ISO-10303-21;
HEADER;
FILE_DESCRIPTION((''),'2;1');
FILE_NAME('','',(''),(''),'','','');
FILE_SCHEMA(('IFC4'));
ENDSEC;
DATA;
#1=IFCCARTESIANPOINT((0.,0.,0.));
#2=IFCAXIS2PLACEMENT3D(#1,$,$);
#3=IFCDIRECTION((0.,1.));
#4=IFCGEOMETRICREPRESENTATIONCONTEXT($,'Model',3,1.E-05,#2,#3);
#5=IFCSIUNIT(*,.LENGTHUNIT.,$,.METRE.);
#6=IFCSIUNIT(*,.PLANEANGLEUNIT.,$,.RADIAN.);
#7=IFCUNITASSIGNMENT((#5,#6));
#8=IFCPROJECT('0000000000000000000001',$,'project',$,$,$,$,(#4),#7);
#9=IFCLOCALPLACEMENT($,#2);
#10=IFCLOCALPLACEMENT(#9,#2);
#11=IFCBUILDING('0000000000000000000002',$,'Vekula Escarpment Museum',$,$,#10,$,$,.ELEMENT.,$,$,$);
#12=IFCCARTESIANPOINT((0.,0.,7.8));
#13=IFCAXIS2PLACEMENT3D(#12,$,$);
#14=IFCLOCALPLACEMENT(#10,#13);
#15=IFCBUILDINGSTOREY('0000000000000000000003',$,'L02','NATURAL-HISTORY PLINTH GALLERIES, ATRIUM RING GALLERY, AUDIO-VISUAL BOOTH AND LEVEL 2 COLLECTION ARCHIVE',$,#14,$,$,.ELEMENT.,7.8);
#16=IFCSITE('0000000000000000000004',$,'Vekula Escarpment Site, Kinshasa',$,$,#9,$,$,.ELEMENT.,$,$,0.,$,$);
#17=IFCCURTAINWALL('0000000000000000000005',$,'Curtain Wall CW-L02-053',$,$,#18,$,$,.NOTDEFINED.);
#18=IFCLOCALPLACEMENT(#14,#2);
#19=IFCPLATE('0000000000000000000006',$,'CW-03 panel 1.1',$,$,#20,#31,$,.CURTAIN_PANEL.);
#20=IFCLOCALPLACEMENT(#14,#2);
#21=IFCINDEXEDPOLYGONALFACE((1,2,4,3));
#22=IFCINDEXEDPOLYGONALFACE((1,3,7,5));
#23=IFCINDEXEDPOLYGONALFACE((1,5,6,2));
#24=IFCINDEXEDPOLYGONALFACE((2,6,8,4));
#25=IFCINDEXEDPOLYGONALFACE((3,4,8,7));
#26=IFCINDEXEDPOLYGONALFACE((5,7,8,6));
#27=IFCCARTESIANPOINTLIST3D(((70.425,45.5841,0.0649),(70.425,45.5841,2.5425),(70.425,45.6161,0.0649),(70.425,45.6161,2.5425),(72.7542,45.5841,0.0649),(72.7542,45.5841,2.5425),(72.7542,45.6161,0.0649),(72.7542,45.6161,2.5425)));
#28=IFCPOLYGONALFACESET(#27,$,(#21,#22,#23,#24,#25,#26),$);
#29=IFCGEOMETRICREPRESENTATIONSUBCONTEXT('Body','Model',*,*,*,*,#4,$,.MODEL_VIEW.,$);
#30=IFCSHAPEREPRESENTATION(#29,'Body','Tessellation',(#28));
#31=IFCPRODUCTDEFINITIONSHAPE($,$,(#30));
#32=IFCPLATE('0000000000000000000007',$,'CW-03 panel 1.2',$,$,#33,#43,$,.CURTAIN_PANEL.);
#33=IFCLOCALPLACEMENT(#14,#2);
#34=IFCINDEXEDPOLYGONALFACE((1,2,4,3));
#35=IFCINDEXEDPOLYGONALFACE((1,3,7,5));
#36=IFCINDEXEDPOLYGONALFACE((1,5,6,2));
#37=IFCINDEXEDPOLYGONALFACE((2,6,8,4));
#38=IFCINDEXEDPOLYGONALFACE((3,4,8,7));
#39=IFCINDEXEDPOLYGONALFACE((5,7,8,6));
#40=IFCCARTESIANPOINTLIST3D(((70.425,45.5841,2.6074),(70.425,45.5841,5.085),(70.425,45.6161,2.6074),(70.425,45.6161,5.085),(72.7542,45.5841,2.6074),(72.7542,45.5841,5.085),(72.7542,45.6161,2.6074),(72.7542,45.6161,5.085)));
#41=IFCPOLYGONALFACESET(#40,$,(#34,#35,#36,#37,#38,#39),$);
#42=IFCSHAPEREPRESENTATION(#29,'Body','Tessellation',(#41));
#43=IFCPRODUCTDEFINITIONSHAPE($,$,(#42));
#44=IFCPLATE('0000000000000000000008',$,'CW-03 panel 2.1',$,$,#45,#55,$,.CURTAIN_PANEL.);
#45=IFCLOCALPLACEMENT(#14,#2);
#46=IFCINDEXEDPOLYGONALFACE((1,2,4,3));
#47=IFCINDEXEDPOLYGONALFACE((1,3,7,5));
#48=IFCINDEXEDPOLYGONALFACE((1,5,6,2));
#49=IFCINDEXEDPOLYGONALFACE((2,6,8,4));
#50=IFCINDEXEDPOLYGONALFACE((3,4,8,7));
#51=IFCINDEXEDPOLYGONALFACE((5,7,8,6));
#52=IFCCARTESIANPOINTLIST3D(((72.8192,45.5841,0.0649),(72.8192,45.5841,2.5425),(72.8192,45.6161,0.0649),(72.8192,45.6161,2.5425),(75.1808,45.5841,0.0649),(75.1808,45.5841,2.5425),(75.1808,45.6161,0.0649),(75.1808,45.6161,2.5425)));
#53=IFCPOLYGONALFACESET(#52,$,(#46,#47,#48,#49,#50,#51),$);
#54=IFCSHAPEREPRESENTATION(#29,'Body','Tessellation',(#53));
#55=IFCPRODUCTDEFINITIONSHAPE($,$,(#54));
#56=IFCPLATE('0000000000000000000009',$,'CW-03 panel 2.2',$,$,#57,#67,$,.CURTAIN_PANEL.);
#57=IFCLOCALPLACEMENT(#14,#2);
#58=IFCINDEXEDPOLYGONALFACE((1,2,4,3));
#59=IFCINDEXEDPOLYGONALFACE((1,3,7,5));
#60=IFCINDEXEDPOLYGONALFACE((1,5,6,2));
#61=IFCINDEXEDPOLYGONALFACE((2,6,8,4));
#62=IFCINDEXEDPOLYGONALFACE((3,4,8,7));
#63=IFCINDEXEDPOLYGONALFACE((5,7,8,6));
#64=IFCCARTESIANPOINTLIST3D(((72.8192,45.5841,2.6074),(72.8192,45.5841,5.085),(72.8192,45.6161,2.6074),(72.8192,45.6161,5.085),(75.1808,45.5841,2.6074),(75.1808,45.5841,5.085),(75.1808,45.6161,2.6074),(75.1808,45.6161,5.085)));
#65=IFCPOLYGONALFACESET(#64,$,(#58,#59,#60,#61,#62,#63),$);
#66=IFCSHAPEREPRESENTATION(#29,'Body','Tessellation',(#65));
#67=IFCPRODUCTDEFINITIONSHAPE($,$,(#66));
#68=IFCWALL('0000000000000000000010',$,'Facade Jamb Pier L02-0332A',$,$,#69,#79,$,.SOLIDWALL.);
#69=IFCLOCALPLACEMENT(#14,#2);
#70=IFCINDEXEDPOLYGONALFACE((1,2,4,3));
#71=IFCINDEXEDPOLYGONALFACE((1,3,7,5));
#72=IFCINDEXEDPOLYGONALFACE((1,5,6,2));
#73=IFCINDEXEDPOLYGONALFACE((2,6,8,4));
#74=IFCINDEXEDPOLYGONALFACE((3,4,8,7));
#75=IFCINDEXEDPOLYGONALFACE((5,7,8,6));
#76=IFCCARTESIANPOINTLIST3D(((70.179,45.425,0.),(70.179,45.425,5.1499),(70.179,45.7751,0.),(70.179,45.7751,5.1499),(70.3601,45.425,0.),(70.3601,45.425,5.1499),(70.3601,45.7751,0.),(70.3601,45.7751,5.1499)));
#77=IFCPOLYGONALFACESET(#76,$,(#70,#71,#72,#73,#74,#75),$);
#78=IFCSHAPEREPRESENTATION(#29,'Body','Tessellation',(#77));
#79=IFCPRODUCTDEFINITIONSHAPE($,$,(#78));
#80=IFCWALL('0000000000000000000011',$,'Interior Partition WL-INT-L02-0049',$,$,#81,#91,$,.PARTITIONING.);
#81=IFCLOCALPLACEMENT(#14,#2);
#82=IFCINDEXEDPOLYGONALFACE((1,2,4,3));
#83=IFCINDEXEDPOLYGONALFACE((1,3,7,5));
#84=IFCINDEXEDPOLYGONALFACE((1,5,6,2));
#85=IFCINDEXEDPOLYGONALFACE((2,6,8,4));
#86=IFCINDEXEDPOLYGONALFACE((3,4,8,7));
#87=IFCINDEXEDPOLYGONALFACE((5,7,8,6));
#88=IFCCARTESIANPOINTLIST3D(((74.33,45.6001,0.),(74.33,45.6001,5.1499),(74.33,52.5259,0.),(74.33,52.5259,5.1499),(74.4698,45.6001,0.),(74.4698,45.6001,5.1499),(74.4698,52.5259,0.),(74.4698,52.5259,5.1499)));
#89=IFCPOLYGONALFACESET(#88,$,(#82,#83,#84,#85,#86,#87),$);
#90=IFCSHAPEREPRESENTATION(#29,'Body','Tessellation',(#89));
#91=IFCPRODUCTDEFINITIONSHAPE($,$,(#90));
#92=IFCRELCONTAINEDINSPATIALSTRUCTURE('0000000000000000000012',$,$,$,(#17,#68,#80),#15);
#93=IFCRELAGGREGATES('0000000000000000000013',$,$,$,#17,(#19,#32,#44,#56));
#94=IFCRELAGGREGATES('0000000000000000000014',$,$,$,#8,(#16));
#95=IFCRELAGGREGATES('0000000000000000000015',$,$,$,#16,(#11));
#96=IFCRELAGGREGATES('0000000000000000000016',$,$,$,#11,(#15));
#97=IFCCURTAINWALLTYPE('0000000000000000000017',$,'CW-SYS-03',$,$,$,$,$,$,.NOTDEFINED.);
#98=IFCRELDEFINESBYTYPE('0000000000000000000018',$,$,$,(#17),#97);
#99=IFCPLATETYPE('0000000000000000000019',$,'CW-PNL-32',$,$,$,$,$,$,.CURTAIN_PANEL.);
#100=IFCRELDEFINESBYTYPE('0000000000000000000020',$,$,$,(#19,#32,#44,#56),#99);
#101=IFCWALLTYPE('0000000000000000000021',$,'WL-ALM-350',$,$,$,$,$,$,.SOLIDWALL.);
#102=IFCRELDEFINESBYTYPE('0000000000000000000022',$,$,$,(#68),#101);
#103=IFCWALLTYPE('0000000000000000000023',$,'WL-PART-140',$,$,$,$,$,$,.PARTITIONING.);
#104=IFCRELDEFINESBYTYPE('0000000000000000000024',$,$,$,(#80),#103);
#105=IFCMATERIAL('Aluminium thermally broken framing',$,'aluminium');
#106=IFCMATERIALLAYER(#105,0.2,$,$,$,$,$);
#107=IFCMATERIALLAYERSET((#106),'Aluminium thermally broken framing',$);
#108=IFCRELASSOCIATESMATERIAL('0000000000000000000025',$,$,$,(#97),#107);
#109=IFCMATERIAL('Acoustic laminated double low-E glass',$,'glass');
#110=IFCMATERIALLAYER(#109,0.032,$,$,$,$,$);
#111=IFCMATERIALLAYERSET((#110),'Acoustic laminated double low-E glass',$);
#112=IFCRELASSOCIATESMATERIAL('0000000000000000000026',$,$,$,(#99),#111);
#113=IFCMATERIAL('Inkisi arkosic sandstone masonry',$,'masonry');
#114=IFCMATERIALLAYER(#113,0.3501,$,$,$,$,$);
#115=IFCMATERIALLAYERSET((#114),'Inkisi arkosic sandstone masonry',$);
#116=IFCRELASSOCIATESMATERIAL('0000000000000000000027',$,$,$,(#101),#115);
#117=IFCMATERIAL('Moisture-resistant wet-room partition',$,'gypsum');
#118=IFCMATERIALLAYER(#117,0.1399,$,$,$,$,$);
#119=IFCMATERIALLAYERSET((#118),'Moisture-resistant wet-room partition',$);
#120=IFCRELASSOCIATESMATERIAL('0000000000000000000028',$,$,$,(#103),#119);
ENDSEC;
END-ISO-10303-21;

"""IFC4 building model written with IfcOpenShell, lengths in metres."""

from ifc_helpers import new_model, si_unit, direction, frame, frame_2d, origin, origin_2d, place, context, subcontext, project, spatial, rectangle, extrude, material, layer, layer_set, type_object, element, aggregate, save


model = new_model("IFC4")

# Units and contexts
model_context = context("Model", 3, precision=1e-05, world=origin(), true_north=direction((0.0, 1.0)))
body_context = subcontext(model_context, "Body", "Model", "MODEL_VIEW")
ifc_project = project(units=[si_unit("LENGTHUNIT", "METRE"), si_unit("PLANEANGLEUNIT", "RADIAN")], contexts=[model_context])

# Site, building, storey
site_placement = place(None, origin())
site = spatial("IfcSite", under=ifc_project, at=site_placement, Name="Vekula Escarpment Site, Kinshasa", CompositionType="ELEMENT", RefElevation=0.0)
building_placement = place(site_placement, origin())
building = spatial("IfcBuilding", under=site, at=building_placement, Name="Vekula Escarpment Museum", CompositionType="ELEMENT")
storey_placement = place(building_placement, frame((0.0, 0.0, 7.8)))
storey = spatial("IfcBuildingStorey", under=building, at=storey_placement, Name="L02", Description="NATURAL-HISTORY PLINTH GALLERIES, ATRIUM RING GALLERY, AUDIO-VISUAL BOOTH AND LEVEL 2 COLLECTION ARCHIVE", CompositionType="ELEMENT", Elevation=7.8)

# Curtain wall
ifc_material_1 = material(Name="Aluminium thermally broken framing", Category="aluminium")
ifc_layer_1 = layer(ifc_material_1, 0.2)
ifc_layer_set_1 = layer_set([ifc_layer_1], Name="Aluminium thermally broken framing")
curtain_wall_type_1 = type_object("IfcCurtainWallType", Name="CW-SYS-03", PredefinedType="NOTDEFINED", material=ifc_layer_set_1)
curtain_wall_1_placement = place(storey_placement, origin())
curtain_wall_1 = element("IfcCurtainWall", 1, at=curtain_wall_1_placement, inside=storey, type_object=curtain_wall_type_1, Name="Curtain Wall CW-L02-053", PredefinedType="NOTDEFINED")

# Plates
ifc_material_2 = material(Name="Acoustic laminated double low-E glass", Category="glass")
ifc_layer_2 = layer(ifc_material_2, 0.032)
ifc_layer_set_2 = layer_set([ifc_layer_2], Name="Acoustic laminated double low-E glass")
plate_type_1 = type_object("IfcPlateType", Name="CW-PNL-32", PredefinedType="CURTAIN_PANEL", material=ifc_layer_set_2)
plate_1_placement = place(storey_placement, frame((71.5896, 45.6001, 0.0649), z_axis=(0.0, 0.0, 1.0), x_axis=(1.0, 0.0, 0.0)))
plate_1 = element("IfcPlate", 2, at=plate_1_placement, type_object=plate_type_1, Name="CW-03 panel 1.1", PredefinedType="CURTAIN_PANEL", context=body_context, shape_type="SweptSolid", body=[
    extrude(rectangle(XDim=2.3291, YDim=0.032, at=origin_2d()), origin(), (0.0, 0.0, 1.0), 2.4775),
])
plate_2_placement = place(storey_placement, frame((71.5896, 45.6001, 2.6074), z_axis=(0.0, 0.0, 1.0), x_axis=(1.0, 0.0, 0.0)))
plate_2 = element("IfcPlate", 3, at=plate_2_placement, type_object=plate_type_1, Name="CW-03 panel 1.2", PredefinedType="CURTAIN_PANEL", context=body_context, shape_type="SweptSolid", body=[
    extrude(rectangle(XDim=2.3291, YDim=0.032, at=origin_2d()), origin(), (0.0, 0.0, 1.0), 2.4775),
])
plate_3_placement = place(storey_placement, frame((74.0, 45.6001, 0.0649), z_axis=(0.0, 0.0, 1.0), x_axis=(1.0, 0.0, 0.0)))
plate_3 = element("IfcPlate", 4, at=plate_3_placement, type_object=plate_type_1, Name="CW-03 panel 2.1", PredefinedType="CURTAIN_PANEL", context=body_context, shape_type="SweptSolid", body=[
    extrude(rectangle(XDim=2.3616, YDim=0.032, at=origin_2d()), origin(), (0.0, 0.0, 1.0), 2.4775),
])
plate_4_placement = place(storey_placement, frame((74.0, 45.6001, 2.6074), z_axis=(0.0, 0.0, 1.0), x_axis=(1.0, 0.0, 0.0)))
plate_4 = element("IfcPlate", 5, at=plate_4_placement, type_object=plate_type_1, Name="CW-03 panel 2.2", PredefinedType="CURTAIN_PANEL", context=body_context, shape_type="SweptSolid", body=[
    extrude(rectangle(XDim=2.3616, YDim=0.032, at=origin_2d()), origin(), (0.0, 0.0, 1.0), 2.4775),
])
aggregate(curtain_wall_1, [plate_1, plate_2, plate_3, plate_4])

# Walls
ifc_material_3 = material(Name="Inkisi arkosic sandstone masonry", Category="masonry")
ifc_layer_3 = layer(ifc_material_3, 0.3501)
ifc_layer_set_3 = layer_set([ifc_layer_3], Name="Inkisi arkosic sandstone masonry")
wall_type_1 = type_object("IfcWallType", Name="WL-ALM-350", PredefinedType="SOLIDWALL", material=ifc_layer_set_3)
wall_1_placement = place(storey_placement, frame((70.179, 45.6001, 0.0), z_axis=(0.0, 0.0, 1.0), x_axis=(1.0, 0.0, 0.0)))
element("IfcWall", 6, at=wall_1_placement, inside=storey, type_object=wall_type_1, Name="Facade Jamb Pier L02-0332A", PredefinedType="SOLIDWALL", context=body_context, shape_type="SweptSolid", body=[
    extrude(rectangle(XDim=0.1812, YDim=0.3501, at=frame_2d((0.0906, 0.0))), origin(), (0.0, 0.0, 1.0), 5.1499),
])
ifc_material_4 = material(Name="Moisture-resistant wet-room partition", Category="gypsum")
ifc_layer_4 = layer(ifc_material_4, 0.1399)
ifc_layer_set_4 = layer_set([ifc_layer_4], Name="Moisture-resistant wet-room partition")
wall_type_2 = type_object("IfcWallType", Name="WL-PART-140", PredefinedType="PARTITIONING", material=ifc_layer_set_4)
wall_2_placement = place(storey_placement, frame((74.3999, 45.6001, 0.0), z_axis=(0.0, 0.0, 1.0), x_axis=(0.0, 1.0, 0.0)))
element("IfcWall", 7, at=wall_2_placement, inside=storey, type_object=wall_type_2, Name="Interior Partition WL-INT-L02-0049", PredefinedType="PARTITIONING", context=body_context, shape_type="SweptSolid", body=[
    extrude(rectangle(XDim=6.9258, YDim=0.1399, at=frame_2d((3.4629, 0.0))), origin(), (0.0, 0.0, 1.0), 5.1499),
])

save(model, "model.ifc")
